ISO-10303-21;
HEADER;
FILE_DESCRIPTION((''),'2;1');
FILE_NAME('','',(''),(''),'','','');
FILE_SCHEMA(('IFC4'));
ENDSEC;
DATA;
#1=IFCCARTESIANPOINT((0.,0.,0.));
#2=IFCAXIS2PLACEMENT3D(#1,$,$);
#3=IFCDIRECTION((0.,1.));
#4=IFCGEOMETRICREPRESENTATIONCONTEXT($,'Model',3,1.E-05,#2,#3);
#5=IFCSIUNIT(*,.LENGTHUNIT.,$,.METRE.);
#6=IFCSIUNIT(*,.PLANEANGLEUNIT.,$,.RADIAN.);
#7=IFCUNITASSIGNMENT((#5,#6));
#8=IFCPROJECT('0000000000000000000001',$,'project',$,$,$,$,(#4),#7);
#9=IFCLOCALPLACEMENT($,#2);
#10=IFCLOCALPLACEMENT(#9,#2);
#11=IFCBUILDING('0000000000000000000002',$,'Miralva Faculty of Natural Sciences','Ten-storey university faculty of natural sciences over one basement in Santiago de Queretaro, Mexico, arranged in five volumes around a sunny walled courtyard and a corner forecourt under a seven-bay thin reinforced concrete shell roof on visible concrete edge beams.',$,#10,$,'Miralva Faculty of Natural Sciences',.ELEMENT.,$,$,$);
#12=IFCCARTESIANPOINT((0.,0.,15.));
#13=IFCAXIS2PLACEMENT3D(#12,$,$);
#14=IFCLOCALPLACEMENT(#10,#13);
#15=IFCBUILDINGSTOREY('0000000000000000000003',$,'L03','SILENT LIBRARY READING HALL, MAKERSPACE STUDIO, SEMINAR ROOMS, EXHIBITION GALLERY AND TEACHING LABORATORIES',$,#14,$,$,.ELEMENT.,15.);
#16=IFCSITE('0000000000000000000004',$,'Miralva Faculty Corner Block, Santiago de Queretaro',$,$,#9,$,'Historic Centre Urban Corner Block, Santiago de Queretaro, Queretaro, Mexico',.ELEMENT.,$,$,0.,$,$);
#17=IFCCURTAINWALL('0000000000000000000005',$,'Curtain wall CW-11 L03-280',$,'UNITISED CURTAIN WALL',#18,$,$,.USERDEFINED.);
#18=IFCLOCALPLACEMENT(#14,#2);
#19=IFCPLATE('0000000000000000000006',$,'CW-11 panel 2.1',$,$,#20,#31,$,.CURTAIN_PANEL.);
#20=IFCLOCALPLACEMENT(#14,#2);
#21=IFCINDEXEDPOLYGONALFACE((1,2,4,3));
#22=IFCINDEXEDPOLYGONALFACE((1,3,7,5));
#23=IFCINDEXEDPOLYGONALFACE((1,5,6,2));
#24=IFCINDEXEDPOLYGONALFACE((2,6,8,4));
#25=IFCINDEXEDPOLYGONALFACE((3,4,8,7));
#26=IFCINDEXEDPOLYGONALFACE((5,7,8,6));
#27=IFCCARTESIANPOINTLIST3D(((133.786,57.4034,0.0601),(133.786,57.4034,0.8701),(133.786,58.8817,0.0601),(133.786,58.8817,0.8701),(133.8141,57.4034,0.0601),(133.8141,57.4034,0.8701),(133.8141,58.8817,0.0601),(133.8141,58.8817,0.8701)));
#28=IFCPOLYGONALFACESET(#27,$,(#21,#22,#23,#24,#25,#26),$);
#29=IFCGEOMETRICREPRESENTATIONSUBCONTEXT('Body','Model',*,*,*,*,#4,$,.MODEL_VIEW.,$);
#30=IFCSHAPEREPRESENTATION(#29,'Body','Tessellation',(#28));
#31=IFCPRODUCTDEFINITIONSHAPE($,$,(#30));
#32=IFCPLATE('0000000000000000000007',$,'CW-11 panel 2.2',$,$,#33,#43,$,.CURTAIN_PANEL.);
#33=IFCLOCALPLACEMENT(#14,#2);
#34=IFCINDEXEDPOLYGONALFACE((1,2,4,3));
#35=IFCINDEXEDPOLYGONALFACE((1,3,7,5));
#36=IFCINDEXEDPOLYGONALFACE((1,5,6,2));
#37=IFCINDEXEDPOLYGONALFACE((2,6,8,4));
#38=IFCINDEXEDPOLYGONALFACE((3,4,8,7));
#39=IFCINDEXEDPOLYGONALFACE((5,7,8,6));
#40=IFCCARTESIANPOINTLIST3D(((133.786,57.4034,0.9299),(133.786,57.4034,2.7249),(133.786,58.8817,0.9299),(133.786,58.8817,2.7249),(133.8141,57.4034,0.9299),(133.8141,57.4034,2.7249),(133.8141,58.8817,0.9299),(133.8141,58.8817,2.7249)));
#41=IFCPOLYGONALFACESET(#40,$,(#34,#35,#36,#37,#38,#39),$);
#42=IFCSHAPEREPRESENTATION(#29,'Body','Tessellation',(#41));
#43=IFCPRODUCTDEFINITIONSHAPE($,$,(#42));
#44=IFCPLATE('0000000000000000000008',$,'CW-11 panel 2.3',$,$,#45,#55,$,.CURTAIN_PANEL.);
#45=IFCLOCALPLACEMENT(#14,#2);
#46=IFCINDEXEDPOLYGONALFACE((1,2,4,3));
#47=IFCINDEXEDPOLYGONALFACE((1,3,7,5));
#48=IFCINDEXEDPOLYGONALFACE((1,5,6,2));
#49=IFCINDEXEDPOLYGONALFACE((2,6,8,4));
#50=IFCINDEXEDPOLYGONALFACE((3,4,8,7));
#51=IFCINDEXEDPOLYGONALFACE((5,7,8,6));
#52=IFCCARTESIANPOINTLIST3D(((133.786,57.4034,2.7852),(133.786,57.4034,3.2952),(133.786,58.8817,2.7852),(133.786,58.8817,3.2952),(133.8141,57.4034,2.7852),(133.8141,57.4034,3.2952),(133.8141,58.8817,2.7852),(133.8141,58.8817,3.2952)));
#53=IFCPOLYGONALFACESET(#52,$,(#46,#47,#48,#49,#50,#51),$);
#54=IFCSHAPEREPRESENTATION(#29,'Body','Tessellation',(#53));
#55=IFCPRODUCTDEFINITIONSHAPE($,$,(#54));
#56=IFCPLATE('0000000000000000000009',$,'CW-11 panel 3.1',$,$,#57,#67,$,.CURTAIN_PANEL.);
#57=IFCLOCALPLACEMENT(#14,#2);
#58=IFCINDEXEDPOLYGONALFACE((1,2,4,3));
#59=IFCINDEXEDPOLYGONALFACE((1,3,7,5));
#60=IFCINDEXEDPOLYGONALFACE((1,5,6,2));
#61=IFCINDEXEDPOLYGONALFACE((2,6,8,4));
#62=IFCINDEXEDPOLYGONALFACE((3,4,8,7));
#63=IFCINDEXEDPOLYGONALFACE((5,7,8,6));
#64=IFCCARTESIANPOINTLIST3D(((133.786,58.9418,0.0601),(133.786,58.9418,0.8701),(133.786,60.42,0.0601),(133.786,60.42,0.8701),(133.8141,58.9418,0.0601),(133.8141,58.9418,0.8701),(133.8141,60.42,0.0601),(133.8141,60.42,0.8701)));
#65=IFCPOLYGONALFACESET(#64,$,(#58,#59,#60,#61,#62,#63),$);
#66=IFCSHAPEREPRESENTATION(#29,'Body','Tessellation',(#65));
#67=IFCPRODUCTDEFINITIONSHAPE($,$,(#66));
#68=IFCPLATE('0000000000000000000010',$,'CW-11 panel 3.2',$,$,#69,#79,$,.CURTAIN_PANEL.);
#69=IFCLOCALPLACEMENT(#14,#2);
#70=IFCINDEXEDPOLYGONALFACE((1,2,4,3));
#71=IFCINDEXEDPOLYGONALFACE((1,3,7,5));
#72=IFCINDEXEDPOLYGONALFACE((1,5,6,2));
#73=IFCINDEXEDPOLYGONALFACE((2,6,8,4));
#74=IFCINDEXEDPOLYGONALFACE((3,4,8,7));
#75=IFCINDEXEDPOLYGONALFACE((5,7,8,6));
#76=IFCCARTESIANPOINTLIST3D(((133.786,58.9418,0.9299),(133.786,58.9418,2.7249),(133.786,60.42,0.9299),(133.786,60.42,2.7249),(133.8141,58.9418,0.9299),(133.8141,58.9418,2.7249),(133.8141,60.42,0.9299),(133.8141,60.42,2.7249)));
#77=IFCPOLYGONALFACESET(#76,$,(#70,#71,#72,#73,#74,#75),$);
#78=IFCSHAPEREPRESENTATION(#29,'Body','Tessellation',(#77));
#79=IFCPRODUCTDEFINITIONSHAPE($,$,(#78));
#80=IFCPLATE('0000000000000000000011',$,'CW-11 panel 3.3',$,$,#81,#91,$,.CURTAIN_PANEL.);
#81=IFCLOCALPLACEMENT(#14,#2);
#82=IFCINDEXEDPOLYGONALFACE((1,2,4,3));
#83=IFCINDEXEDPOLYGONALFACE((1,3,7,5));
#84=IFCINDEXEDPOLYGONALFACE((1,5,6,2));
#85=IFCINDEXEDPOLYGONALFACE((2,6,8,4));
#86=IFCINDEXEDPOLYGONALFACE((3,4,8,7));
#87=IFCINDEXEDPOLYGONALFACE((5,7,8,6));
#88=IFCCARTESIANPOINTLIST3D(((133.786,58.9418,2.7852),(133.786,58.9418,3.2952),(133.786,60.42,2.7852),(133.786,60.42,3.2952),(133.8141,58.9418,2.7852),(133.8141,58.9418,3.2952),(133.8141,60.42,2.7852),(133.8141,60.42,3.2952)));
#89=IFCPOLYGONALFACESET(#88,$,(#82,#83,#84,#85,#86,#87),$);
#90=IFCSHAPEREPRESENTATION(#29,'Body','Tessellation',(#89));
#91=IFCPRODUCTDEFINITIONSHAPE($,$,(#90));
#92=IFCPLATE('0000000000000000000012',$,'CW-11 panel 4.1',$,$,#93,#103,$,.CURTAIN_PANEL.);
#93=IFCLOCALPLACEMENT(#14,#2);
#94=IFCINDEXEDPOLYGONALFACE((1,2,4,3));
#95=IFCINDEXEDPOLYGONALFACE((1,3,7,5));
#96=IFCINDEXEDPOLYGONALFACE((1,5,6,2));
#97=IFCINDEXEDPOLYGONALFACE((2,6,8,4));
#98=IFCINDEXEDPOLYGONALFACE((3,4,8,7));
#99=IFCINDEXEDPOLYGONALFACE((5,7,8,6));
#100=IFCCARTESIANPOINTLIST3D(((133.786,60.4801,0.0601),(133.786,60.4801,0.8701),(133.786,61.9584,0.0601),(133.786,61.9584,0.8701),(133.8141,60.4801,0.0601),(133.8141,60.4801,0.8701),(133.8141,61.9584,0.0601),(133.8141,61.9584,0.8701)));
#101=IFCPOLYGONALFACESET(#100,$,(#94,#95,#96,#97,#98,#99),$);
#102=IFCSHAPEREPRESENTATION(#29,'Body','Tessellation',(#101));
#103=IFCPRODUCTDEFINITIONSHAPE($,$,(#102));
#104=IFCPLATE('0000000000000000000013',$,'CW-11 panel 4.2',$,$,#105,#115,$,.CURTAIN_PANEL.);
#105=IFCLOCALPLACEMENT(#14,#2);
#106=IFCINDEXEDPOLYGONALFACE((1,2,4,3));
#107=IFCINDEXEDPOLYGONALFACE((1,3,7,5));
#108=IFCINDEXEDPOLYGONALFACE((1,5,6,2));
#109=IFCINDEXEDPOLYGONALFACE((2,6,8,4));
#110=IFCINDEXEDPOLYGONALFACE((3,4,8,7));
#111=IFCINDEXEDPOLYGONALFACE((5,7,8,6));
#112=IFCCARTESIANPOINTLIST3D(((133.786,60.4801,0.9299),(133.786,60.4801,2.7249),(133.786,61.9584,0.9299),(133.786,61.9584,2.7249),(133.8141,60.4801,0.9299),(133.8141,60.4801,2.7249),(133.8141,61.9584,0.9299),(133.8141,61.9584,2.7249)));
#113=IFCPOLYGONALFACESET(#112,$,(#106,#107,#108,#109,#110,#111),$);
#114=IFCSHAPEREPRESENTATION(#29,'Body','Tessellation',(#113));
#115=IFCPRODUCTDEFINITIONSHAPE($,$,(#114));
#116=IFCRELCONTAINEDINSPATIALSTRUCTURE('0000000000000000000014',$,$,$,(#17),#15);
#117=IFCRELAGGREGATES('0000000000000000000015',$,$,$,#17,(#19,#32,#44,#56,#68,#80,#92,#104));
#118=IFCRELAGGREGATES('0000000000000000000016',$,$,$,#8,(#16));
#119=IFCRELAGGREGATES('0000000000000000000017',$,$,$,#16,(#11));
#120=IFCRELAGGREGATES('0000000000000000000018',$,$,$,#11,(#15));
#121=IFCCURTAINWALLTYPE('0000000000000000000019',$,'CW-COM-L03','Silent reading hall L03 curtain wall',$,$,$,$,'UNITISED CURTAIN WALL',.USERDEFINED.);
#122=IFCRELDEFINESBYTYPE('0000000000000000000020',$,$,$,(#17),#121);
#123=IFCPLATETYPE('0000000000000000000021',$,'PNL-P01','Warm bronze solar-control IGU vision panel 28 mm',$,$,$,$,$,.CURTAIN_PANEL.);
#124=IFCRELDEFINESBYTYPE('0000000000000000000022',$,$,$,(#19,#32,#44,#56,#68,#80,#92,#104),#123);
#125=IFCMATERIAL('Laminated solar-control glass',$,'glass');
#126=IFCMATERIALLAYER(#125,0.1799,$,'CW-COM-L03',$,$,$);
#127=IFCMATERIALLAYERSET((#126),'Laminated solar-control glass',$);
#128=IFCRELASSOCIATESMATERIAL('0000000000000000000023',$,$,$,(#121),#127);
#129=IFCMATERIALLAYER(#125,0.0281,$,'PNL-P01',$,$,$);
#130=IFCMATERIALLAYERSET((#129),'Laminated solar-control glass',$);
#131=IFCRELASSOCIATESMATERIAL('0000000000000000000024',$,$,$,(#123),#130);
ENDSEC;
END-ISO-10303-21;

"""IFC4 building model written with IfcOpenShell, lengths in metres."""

from ifc_helpers import new_model, si_unit, direction, frame, origin, origin_2d, place, context, subcontext, project, spatial, rectangle, extrude, material, layer, layer_set, type_object, element, aggregate, save


model = new_model("IFC4")

# Units and contexts
model_context = context("Model", 3, precision=1e-05, world=origin(), true_north=direction((0.0, 1.0)))
body_context = subcontext(model_context, "Body", "Model", "MODEL_VIEW")
ifc_project = project(units=[si_unit("LENGTHUNIT", "METRE"), si_unit("PLANEANGLEUNIT", "RADIAN")], contexts=[model_context])

# Site, building, storey
site_placement = place(None, origin())
site = spatial("IfcSite", under=ifc_project, at=site_placement, Name="Miralva Faculty Corner Block, Santiago de Queretaro", LongName="Historic Centre Urban Corner Block, Santiago de Queretaro, Queretaro, Mexico", CompositionType="ELEMENT", RefElevation=0.0)
building_placement = place(site_placement, origin())
building = spatial("IfcBuilding", under=site, at=building_placement, Name="Miralva Faculty of Natural Sciences", Description="Ten-storey university faculty of natural sciences over one basement in Santiago de Queretaro, Mexico, arranged in five volumes around a sunny walled courtyard and a corner forecourt under a seven-bay thin reinforced concrete shell roof on visible concrete edge beams.", LongName="Miralva Faculty of Natural Sciences", CompositionType="ELEMENT")
storey_placement = place(building_placement, frame((0.0, 0.0, 15.0)))
storey = spatial("IfcBuildingStorey", under=building, at=storey_placement, Name="L03", Description="SILENT LIBRARY READING HALL, MAKERSPACE STUDIO, SEMINAR ROOMS, EXHIBITION GALLERY AND TEACHING LABORATORIES", CompositionType="ELEMENT", Elevation=15.0)

# Shared definitions
ifc_material_1 = material(Name="Laminated solar-control glass", Category="glass")
ifc_layer_1 = layer(ifc_material_1, 0.1799, Name="CW-COM-L03")
ifc_layer_set_1 = layer_set([ifc_layer_1], Name="Laminated solar-control glass")
curtain_wall_type = type_object("IfcCurtainWallType", Name="CW-COM-L03", Description="Silent reading hall L03 curtain wall", ElementType="UNITISED CURTAIN WALL", PredefinedType="USERDEFINED", material=ifc_layer_set_1)

# Curtain wall
curtain_wall_1_placement = place(storey_placement, origin())
curtain_wall_1 = element("IfcCurtainWall", 1, at=curtain_wall_1_placement, inside=storey, type_object=curtain_wall_type, Name="Curtain wall CW-11 L03-280", ObjectType="UNITISED CURTAIN WALL", PredefinedType="USERDEFINED")

# Plates
ifc_layer_2 = layer(ifc_material_1, 0.0281, Name="PNL-P01")
ifc_layer_set_2 = layer_set([ifc_layer_2], Name="Laminated solar-control glass")
plate_type = type_object("IfcPlateType", Name="PNL-P01", Description="Warm bronze solar-control IGU vision panel 28 mm", PredefinedType="CURTAIN_PANEL", material=ifc_layer_set_2)
plate_1_placement = place(storey_placement, frame((133.8, 58.1426, 0.0601), z_axis=(0.0, 0.0, 1.0), x_axis=(0.0, 1.0, 0.0)))
plate_1 = element("IfcPlate", 2, at=plate_1_placement, type_object=plate_type, Name="CW-11 panel 2.1", PredefinedType="CURTAIN_PANEL", context=body_context, shape_type="SweptSolid", body=[
    extrude(rectangle(XDim=1.4783, YDim=0.0281, at=origin_2d()), origin(), (0.0, 0.0, 1.0), 0.8101),
])
plate_2_placement = place(storey_placement, frame((133.8, 58.1426, 0.9299), z_axis=(0.0, 0.0, 1.0), x_axis=(0.0, 1.0, 0.0)))
plate_2 = element("IfcPlate", 3, at=plate_2_placement, type_object=plate_type, Name="CW-11 panel 2.2", PredefinedType="CURTAIN_PANEL", context=body_context, shape_type="SweptSolid", body=[
    extrude(rectangle(XDim=1.4783, YDim=0.0281, at=origin_2d()), origin(), (0.0, 0.0, 1.0), 1.7949),
])
plate_3_placement = place(storey_placement, frame((133.8, 58.1426, 2.7852), z_axis=(0.0, 0.0, 1.0), x_axis=(0.0, 1.0, 0.0)))
plate_3 = element("IfcPlate", 4, at=plate_3_placement, type_object=plate_type, Name="CW-11 panel 2.3", PredefinedType="CURTAIN_PANEL", context=body_context, shape_type="SweptSolid", body=[
    extrude(rectangle(XDim=1.4783, YDim=0.0281, at=origin_2d()), origin(), (0.0, 0.0, 1.0), 0.51),
])
plate_4_placement = place(storey_placement, frame((133.8, 59.6809, 0.0601), z_axis=(0.0, 0.0, 1.0), x_axis=(0.0, 1.0, 0.0)))
plate_4 = element("IfcPlate", 5, at=plate_4_placement, type_object=plate_type, Name="CW-11 panel 3.1", PredefinedType="CURTAIN_PANEL", context=body_context, shape_type="SweptSolid", body=[
    extrude(rectangle(XDim=1.4783, YDim=0.0281, at=origin_2d()), origin(), (0.0, 0.0, 1.0), 0.8101),
])
plate_5_placement = place(storey_placement, frame((133.8, 59.6809, 0.9299), z_axis=(0.0, 0.0, 1.0), x_axis=(0.0, 1.0, 0.0)))
plate_5 = element("IfcPlate", 6, at=plate_5_placement, type_object=plate_type, Name="CW-11 panel 3.2", PredefinedType="CURTAIN_PANEL", context=body_context, shape_type="SweptSolid", body=[
    extrude(rectangle(XDim=1.4783, YDim=0.0281, at=origin_2d()), origin(), (0.0, 0.0, 1.0), 1.7949),
])
plate_6_placement = place(storey_placement, frame((133.8, 59.6809, 2.7852), z_axis=(0.0, 0.0, 1.0), x_axis=(0.0, 1.0, 0.0)))
plate_6 = element("IfcPlate", 7, at=plate_6_placement, type_object=plate_type, Name="CW-11 panel 3.3", PredefinedType="CURTAIN_PANEL", context=body_context, shape_type="SweptSolid", body=[
    extrude(rectangle(XDim=1.4783, YDim=0.0281, at=origin_2d()), origin(), (0.0, 0.0, 1.0), 0.51),
])
plate_7_placement = place(storey_placement, frame((133.8, 61.2192, 0.0601), z_axis=(0.0, 0.0, 1.0), x_axis=(0.0, 1.0, 0.0)))
plate_7 = element("IfcPlate", 8, at=plate_7_placement, type_object=plate_type, Name="CW-11 panel 4.1", PredefinedType="CURTAIN_PANEL", context=body_context, shape_type="SweptSolid", body=[
    extrude(rectangle(XDim=1.4783, YDim=0.0281, at=origin_2d()), origin(), (0.0, 0.0, 1.0), 0.8101),
])
plate_8_placement = place(storey_placement, frame((133.8, 61.2192, 0.9299), z_axis=(0.0, 0.0, 1.0), x_axis=(0.0, 1.0, 0.0)))
plate_8 = element("IfcPlate", 9, at=plate_8_placement, type_object=plate_type, Name="CW-11 panel 4.2", PredefinedType="CURTAIN_PANEL", context=body_context, shape_type="SweptSolid", body=[
    extrude(rectangle(XDim=1.4783, YDim=0.0281, at=origin_2d()), origin(), (0.0, 0.0, 1.0), 1.7949),
])
aggregate(curtain_wall_1, [plate_1, plate_2, plate_3, plate_4, plate_5, plate_6, plate_7, plate_8])

save(model, "model.ifc")
